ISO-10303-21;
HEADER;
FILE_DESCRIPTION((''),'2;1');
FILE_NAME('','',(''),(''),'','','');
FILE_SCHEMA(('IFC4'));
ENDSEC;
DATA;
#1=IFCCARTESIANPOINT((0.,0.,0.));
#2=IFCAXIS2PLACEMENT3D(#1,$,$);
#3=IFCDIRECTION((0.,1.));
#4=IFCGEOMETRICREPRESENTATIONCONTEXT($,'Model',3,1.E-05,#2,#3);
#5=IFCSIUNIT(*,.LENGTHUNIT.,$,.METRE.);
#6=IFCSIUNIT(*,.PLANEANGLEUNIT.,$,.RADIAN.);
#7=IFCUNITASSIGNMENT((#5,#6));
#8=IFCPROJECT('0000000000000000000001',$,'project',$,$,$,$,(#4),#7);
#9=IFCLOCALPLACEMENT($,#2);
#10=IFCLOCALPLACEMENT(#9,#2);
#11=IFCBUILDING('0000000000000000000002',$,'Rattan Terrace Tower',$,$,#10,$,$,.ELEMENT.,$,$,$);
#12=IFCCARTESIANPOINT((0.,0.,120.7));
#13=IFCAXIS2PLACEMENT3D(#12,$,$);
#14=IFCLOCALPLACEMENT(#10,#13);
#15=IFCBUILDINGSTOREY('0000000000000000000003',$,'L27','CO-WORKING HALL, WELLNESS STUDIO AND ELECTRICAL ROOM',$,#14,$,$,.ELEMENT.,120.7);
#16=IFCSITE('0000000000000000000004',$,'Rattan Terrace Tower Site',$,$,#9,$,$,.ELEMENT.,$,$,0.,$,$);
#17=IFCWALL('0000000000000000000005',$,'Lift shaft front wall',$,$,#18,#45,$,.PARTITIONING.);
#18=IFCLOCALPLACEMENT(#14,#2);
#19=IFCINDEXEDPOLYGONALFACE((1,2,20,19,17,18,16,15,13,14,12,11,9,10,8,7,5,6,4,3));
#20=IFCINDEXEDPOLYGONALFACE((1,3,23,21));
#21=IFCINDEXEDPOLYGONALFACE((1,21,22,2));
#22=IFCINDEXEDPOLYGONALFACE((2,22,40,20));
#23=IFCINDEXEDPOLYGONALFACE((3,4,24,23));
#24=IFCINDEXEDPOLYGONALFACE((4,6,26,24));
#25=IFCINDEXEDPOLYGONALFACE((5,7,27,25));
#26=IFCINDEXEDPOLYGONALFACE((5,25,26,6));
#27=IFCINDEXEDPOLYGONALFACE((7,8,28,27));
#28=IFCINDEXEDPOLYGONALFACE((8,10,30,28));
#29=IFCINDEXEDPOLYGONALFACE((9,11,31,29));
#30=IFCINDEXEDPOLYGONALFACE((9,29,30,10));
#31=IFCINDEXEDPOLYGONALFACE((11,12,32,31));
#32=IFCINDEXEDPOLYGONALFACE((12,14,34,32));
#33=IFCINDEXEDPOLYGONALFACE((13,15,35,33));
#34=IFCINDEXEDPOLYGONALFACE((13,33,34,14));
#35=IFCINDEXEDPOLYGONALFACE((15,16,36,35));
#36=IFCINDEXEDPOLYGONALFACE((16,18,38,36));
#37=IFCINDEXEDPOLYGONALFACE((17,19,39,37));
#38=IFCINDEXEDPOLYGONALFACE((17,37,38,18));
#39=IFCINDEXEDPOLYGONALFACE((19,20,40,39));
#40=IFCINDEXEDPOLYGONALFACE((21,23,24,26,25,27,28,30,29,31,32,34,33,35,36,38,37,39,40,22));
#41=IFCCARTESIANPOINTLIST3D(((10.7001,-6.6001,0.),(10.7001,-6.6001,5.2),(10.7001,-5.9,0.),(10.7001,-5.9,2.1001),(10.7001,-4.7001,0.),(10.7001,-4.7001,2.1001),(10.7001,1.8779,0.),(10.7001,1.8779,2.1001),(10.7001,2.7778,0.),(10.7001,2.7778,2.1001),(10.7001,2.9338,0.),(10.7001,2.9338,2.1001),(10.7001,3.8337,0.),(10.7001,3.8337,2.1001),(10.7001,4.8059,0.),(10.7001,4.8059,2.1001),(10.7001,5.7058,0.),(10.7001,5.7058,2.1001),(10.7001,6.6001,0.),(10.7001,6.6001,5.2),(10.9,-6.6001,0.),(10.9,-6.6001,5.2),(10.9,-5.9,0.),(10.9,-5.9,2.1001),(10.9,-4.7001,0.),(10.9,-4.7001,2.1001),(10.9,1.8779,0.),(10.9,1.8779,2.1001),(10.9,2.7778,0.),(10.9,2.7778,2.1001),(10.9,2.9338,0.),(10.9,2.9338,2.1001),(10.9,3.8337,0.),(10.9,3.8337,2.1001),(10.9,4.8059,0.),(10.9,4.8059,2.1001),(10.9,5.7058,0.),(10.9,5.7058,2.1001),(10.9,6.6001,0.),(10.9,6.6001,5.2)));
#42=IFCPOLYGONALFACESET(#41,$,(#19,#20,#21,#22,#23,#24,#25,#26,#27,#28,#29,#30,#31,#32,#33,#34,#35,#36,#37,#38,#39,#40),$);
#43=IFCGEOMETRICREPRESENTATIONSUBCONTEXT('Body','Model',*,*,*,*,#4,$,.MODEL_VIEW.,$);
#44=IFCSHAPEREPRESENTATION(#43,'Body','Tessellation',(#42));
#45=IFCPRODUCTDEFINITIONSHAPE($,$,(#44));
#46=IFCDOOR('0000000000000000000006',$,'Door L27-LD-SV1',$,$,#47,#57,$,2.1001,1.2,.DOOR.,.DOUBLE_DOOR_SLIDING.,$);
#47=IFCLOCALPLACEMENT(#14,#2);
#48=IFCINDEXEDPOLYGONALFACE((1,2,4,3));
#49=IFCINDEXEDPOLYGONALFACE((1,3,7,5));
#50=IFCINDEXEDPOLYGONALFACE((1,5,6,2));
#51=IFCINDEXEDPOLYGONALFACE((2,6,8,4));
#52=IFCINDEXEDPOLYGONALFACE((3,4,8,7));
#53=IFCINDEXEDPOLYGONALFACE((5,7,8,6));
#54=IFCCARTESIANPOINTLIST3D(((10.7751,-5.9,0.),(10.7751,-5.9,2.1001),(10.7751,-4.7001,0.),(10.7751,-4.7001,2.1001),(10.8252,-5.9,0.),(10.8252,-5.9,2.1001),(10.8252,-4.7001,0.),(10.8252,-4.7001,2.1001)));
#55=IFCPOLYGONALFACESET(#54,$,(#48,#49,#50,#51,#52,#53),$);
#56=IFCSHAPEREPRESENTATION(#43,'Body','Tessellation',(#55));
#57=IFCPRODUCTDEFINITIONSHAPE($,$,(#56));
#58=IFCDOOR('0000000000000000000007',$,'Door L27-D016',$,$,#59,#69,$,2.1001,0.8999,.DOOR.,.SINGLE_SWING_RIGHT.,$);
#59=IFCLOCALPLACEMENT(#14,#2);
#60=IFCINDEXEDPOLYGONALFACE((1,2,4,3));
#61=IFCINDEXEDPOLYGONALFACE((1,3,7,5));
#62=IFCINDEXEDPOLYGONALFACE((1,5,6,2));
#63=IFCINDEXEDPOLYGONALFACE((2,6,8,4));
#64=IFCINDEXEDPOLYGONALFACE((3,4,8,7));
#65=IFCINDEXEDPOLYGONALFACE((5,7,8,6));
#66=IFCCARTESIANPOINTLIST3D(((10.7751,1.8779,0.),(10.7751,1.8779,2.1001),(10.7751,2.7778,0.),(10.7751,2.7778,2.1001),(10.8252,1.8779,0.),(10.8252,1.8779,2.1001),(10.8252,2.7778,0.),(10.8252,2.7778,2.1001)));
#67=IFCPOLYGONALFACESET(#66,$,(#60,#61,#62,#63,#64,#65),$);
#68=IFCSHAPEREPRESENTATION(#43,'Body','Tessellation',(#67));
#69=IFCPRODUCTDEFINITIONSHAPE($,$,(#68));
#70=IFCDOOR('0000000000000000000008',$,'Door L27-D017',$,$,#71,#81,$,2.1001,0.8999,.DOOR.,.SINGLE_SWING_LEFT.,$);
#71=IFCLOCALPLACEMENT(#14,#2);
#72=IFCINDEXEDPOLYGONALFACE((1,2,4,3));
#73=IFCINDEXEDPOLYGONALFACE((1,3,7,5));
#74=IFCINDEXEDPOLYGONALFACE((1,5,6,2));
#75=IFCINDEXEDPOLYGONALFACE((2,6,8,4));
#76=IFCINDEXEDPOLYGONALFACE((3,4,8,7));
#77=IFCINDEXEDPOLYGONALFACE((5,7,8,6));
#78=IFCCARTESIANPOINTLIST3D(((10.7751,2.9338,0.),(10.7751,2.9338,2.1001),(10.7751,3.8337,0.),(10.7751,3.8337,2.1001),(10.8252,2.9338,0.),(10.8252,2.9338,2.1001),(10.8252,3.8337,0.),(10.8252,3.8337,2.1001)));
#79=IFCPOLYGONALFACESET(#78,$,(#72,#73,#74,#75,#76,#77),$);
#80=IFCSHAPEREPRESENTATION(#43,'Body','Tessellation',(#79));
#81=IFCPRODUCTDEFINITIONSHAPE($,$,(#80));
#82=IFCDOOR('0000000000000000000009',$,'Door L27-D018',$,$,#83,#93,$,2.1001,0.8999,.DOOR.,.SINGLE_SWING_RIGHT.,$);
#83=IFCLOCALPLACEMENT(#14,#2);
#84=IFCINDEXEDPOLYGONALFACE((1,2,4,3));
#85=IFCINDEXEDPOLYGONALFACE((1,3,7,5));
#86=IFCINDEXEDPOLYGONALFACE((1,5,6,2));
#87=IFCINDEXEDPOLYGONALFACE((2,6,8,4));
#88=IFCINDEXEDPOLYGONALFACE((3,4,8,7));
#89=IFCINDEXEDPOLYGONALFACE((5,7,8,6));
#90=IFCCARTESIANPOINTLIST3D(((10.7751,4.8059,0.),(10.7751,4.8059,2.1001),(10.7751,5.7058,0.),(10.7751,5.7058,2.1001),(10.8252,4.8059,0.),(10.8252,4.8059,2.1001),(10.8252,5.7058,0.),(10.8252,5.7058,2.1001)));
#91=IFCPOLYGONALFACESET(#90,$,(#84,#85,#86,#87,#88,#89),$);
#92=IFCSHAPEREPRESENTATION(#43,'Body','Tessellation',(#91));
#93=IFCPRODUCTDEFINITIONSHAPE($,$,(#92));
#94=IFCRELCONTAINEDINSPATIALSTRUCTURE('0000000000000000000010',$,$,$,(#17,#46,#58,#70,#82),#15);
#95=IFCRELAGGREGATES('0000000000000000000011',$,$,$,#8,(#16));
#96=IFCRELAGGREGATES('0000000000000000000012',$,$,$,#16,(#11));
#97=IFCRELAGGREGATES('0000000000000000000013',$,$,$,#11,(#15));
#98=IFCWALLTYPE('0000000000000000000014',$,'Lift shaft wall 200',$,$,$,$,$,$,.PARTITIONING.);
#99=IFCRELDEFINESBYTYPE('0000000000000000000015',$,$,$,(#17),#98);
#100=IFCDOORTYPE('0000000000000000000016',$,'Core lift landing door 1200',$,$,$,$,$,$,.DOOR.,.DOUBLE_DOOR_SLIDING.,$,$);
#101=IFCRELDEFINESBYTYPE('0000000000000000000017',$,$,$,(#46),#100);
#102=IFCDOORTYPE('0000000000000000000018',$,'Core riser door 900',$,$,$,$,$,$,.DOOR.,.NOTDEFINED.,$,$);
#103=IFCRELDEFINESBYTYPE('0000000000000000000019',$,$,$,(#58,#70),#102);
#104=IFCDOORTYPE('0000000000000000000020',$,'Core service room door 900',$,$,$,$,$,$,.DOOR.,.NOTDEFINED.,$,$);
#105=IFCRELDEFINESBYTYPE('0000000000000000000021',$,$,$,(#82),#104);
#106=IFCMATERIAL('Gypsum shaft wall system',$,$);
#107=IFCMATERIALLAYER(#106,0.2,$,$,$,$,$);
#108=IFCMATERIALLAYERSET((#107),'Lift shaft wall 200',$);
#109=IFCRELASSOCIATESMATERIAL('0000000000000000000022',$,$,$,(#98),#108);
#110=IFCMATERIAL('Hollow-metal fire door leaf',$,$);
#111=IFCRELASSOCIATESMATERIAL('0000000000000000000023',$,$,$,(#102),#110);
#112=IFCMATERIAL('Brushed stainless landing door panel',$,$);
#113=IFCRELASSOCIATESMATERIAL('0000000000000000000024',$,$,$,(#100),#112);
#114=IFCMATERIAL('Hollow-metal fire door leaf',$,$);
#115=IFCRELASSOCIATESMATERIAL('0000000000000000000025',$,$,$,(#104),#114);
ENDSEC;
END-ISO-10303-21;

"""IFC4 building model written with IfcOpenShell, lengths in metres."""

from ifc_helpers import new_model, si_unit, direction, frame, frame_2d, origin, place, context, subcontext, project, spatial, rectangle, extrude, material, layer, layer_set, type_object, element, fill, save


model = new_model("IFC4")

# Units and contexts
model_context = context("Model", 3, precision=1e-05, world=origin(), true_north=direction((0.0, 1.0)))
body_context = subcontext(model_context, "Body", "Model", "MODEL_VIEW")
ifc_project = project(units=[si_unit("LENGTHUNIT", "METRE"), si_unit("PLANEANGLEUNIT", "RADIAN")], contexts=[model_context])

# Site, building, storey
site_placement = place(None, origin())
site = spatial("IfcSite", under=ifc_project, at=site_placement, Name="Rattan Terrace Tower Site", CompositionType="ELEMENT", RefElevation=0.0)
building_placement = place(site_placement, origin())
building = spatial("IfcBuilding", under=site, at=building_placement, Name="Rattan Terrace Tower", CompositionType="ELEMENT")
storey_placement = place(building_placement, frame((0.0, 0.0, 120.7)))
storey = spatial("IfcBuildingStorey", under=building, at=storey_placement, Name="L27", Description="CO-WORKING HALL, WELLNESS STUDIO AND ELECTRICAL ROOM", CompositionType="ELEMENT", Elevation=120.7)

# Shared definitions
ifc_material_1 = material(Name="Gypsum shaft wall system")
ifc_layer_1 = layer(ifc_material_1, 0.2)
ifc_layer_set_1 = layer_set([ifc_layer_1], Name="Lift shaft wall 200")
wall_type_1 = type_object("IfcWallType", Name="Lift shaft wall 200", PredefinedType="PARTITIONING", material=ifc_layer_set_1)
ifc_material_2 = material(Name="Hollow-metal fire door leaf")
door_type_1 = type_object("IfcDoorType", Name="Core riser door 900", OperationType="NOTDEFINED", PredefinedType="DOOR", material=ifc_material_2)

# Wall, openings, doors
wall_1_placement = place(storey_placement, frame((10.8, -6.6001, 0.0), z_axis=(0.0, 0.0, 1.0), x_axis=(0.0, 1.0, 0.0)))
wall_1 = element("IfcWall", 1, at=wall_1_placement, inside=storey, type_object=wall_type_1, Name="Lift shaft front wall", PredefinedType="PARTITIONING", context=body_context, shape_type="SweptSolid", body=[
    extrude(rectangle(XDim=13.2002, YDim=0.2, at=frame_2d((6.6001, 0.0))), origin(), (0.0, 0.0, 1.0), 5.2),
])
opening_1_placement = place(wall_1_placement, frame((0.7, 0.0, 0.0)))
opening_1 = element("IfcOpeningElement", 2, at=opening_1_placement, cuts=wall_1, PredefinedType="OPENING", context=body_context, shape_type="SweptSolid", body=[
    extrude(rectangle(XDim=1.2, YDim=2.1001, at=frame_2d((0.6001, 1.05))), frame((0.0, 0.1106, 0.0), z_axis=(0.0, -1.0, 0.0), x_axis=(1.0, 0.0, 0.0)), (0.0, 0.0, 1.0), 0.2209),
])
opening_2_placement = place(wall_1_placement, frame((8.478, 0.0, 0.0)))
opening_2 = element("IfcOpeningElement", 3, at=opening_2_placement, cuts=wall_1, PredefinedType="OPENING", context=body_context, shape_type="SweptSolid", body=[
    extrude(rectangle(XDim=0.8999, YDim=2.1001, at=frame_2d((0.45, 1.05))), frame((0.0, 0.1106, 0.0), z_axis=(0.0, -1.0, 0.0), x_axis=(1.0, 0.0, 0.0)), (0.0, 0.0, 1.0), 0.2209),
])
opening_3_placement = place(wall_1_placement, frame((9.5339, 0.0, 0.0)))
opening_3 = element("IfcOpeningElement", 4, at=opening_3_placement, cuts=wall_1, PredefinedType="OPENING", context=body_context, shape_type="SweptSolid", body=[
    extrude(rectangle(XDim=0.8999, YDim=2.1001, at=frame_2d((0.45, 1.05))), frame((0.0, 0.1106, 0.0), z_axis=(0.0, -1.0, 0.0), x_axis=(1.0, 0.0, 0.0)), (0.0, 0.0, 1.0), 0.2209),
])
opening_4_placement = place(wall_1_placement, frame((11.406, 0.0, 0.0)))
opening_4 = element("IfcOpeningElement", 5, at=opening_4_placement, cuts=wall_1, PredefinedType="OPENING", context=body_context, shape_type="SweptSolid", body=[
    extrude(rectangle(XDim=0.8999, YDim=2.1001, at=frame_2d((0.45, 1.05))), frame((0.0, 0.1106, 0.0), z_axis=(0.0, -1.0, 0.0), x_axis=(1.0, 0.0, 0.0)), (0.0, 0.0, 1.0), 0.2209),
])
ifc_material_3 = material(Name="Brushed stainless landing door panel")
door_type_2 = type_object("IfcDoorType", Name="Core lift landing door 1200", OperationType="DOUBLE_DOOR_SLIDING", PredefinedType="DOOR", material=ifc_material_3)
door_1_placement = place(opening_1_placement, origin())
door_1 = element("IfcDoor", 6, at=door_1_placement, inside=storey, type_object=door_type_2, Name="Door L27-LD-SV1", OperationType="DOUBLE_DOOR_SLIDING", OverallHeight=2.1001, OverallWidth=1.2, PredefinedType="DOOR", context=body_context, shape_type="SweptSolid", body=[
    extrude(rectangle(XDim=1.2, YDim=2.1001, at=frame_2d((0.6001, 1.05))), frame((0.0, 0.0249, 0.0), z_axis=(0.0, -1.0, 0.0), x_axis=(1.0, 0.0, 0.0)), (0.0, 0.0, 1.0), 0.05),
])
fill(opening_1, door_1)
door_2_placement = place(opening_2_placement, origin())
door_2 = element("IfcDoor", 7, at=door_2_placement, inside=storey, type_object=door_type_1, Name="Door L27-D016", OperationType="SINGLE_SWING_RIGHT", OverallHeight=2.1001, OverallWidth=0.8999, PredefinedType="DOOR", context=body_context, shape_type="SweptSolid", body=[
    extrude(rectangle(XDim=0.8999, YDim=2.1001, at=frame_2d((0.45, 1.05))), frame((0.0, 0.0249, 0.0), z_axis=(0.0, -1.0, 0.0), x_axis=(1.0, 0.0, 0.0)), (0.0, 0.0, 1.0), 0.05),
])
fill(opening_2, door_2)
door_3_placement = place(opening_3_placement, origin())
door_3 = element("IfcDoor", 8, at=door_3_placement, inside=storey, type_object=door_type_1, Name="Door L27-D017", OperationType="SINGLE_SWING_LEFT", OverallHeight=2.1001, OverallWidth=0.8999, PredefinedType="DOOR", context=body_context, shape_type="SweptSolid", body=[
    extrude(rectangle(XDim=0.8999, YDim=2.1001, at=frame_2d((0.45, 1.05))), frame((0.0, 0.0249, 0.0), z_axis=(0.0, -1.0, 0.0), x_axis=(1.0, 0.0, 0.0)), (0.0, 0.0, 1.0), 0.05),
])
fill(opening_3, door_3)
ifc_material_4 = material(Name="Hollow-metal fire door leaf")
door_type_3 = type_object("IfcDoorType", Name="Core service room door 900", OperationType="NOTDEFINED", PredefinedType="DOOR", material=ifc_material_4)
door_4_placement = place(opening_4_placement, origin())
door_4 = element("IfcDoor", 9, at=door_4_placement, inside=storey, type_object=door_type_3, Name="Door L27-D018", OperationType="SINGLE_SWING_RIGHT", OverallHeight=2.1001, OverallWidth=0.8999, PredefinedType="DOOR", context=body_context, shape_type="SweptSolid", body=[
    extrude(rectangle(XDim=0.8999, YDim=2.1001, at=frame_2d((0.45, 1.05))), frame((0.0, 0.0249, 0.0), z_axis=(0.0, -1.0, 0.0), x_axis=(1.0, 0.0, 0.0)), (0.0, 0.0, 1.0), 0.05),
])
fill(opening_4, door_4)

save(model, "model.ifc")
